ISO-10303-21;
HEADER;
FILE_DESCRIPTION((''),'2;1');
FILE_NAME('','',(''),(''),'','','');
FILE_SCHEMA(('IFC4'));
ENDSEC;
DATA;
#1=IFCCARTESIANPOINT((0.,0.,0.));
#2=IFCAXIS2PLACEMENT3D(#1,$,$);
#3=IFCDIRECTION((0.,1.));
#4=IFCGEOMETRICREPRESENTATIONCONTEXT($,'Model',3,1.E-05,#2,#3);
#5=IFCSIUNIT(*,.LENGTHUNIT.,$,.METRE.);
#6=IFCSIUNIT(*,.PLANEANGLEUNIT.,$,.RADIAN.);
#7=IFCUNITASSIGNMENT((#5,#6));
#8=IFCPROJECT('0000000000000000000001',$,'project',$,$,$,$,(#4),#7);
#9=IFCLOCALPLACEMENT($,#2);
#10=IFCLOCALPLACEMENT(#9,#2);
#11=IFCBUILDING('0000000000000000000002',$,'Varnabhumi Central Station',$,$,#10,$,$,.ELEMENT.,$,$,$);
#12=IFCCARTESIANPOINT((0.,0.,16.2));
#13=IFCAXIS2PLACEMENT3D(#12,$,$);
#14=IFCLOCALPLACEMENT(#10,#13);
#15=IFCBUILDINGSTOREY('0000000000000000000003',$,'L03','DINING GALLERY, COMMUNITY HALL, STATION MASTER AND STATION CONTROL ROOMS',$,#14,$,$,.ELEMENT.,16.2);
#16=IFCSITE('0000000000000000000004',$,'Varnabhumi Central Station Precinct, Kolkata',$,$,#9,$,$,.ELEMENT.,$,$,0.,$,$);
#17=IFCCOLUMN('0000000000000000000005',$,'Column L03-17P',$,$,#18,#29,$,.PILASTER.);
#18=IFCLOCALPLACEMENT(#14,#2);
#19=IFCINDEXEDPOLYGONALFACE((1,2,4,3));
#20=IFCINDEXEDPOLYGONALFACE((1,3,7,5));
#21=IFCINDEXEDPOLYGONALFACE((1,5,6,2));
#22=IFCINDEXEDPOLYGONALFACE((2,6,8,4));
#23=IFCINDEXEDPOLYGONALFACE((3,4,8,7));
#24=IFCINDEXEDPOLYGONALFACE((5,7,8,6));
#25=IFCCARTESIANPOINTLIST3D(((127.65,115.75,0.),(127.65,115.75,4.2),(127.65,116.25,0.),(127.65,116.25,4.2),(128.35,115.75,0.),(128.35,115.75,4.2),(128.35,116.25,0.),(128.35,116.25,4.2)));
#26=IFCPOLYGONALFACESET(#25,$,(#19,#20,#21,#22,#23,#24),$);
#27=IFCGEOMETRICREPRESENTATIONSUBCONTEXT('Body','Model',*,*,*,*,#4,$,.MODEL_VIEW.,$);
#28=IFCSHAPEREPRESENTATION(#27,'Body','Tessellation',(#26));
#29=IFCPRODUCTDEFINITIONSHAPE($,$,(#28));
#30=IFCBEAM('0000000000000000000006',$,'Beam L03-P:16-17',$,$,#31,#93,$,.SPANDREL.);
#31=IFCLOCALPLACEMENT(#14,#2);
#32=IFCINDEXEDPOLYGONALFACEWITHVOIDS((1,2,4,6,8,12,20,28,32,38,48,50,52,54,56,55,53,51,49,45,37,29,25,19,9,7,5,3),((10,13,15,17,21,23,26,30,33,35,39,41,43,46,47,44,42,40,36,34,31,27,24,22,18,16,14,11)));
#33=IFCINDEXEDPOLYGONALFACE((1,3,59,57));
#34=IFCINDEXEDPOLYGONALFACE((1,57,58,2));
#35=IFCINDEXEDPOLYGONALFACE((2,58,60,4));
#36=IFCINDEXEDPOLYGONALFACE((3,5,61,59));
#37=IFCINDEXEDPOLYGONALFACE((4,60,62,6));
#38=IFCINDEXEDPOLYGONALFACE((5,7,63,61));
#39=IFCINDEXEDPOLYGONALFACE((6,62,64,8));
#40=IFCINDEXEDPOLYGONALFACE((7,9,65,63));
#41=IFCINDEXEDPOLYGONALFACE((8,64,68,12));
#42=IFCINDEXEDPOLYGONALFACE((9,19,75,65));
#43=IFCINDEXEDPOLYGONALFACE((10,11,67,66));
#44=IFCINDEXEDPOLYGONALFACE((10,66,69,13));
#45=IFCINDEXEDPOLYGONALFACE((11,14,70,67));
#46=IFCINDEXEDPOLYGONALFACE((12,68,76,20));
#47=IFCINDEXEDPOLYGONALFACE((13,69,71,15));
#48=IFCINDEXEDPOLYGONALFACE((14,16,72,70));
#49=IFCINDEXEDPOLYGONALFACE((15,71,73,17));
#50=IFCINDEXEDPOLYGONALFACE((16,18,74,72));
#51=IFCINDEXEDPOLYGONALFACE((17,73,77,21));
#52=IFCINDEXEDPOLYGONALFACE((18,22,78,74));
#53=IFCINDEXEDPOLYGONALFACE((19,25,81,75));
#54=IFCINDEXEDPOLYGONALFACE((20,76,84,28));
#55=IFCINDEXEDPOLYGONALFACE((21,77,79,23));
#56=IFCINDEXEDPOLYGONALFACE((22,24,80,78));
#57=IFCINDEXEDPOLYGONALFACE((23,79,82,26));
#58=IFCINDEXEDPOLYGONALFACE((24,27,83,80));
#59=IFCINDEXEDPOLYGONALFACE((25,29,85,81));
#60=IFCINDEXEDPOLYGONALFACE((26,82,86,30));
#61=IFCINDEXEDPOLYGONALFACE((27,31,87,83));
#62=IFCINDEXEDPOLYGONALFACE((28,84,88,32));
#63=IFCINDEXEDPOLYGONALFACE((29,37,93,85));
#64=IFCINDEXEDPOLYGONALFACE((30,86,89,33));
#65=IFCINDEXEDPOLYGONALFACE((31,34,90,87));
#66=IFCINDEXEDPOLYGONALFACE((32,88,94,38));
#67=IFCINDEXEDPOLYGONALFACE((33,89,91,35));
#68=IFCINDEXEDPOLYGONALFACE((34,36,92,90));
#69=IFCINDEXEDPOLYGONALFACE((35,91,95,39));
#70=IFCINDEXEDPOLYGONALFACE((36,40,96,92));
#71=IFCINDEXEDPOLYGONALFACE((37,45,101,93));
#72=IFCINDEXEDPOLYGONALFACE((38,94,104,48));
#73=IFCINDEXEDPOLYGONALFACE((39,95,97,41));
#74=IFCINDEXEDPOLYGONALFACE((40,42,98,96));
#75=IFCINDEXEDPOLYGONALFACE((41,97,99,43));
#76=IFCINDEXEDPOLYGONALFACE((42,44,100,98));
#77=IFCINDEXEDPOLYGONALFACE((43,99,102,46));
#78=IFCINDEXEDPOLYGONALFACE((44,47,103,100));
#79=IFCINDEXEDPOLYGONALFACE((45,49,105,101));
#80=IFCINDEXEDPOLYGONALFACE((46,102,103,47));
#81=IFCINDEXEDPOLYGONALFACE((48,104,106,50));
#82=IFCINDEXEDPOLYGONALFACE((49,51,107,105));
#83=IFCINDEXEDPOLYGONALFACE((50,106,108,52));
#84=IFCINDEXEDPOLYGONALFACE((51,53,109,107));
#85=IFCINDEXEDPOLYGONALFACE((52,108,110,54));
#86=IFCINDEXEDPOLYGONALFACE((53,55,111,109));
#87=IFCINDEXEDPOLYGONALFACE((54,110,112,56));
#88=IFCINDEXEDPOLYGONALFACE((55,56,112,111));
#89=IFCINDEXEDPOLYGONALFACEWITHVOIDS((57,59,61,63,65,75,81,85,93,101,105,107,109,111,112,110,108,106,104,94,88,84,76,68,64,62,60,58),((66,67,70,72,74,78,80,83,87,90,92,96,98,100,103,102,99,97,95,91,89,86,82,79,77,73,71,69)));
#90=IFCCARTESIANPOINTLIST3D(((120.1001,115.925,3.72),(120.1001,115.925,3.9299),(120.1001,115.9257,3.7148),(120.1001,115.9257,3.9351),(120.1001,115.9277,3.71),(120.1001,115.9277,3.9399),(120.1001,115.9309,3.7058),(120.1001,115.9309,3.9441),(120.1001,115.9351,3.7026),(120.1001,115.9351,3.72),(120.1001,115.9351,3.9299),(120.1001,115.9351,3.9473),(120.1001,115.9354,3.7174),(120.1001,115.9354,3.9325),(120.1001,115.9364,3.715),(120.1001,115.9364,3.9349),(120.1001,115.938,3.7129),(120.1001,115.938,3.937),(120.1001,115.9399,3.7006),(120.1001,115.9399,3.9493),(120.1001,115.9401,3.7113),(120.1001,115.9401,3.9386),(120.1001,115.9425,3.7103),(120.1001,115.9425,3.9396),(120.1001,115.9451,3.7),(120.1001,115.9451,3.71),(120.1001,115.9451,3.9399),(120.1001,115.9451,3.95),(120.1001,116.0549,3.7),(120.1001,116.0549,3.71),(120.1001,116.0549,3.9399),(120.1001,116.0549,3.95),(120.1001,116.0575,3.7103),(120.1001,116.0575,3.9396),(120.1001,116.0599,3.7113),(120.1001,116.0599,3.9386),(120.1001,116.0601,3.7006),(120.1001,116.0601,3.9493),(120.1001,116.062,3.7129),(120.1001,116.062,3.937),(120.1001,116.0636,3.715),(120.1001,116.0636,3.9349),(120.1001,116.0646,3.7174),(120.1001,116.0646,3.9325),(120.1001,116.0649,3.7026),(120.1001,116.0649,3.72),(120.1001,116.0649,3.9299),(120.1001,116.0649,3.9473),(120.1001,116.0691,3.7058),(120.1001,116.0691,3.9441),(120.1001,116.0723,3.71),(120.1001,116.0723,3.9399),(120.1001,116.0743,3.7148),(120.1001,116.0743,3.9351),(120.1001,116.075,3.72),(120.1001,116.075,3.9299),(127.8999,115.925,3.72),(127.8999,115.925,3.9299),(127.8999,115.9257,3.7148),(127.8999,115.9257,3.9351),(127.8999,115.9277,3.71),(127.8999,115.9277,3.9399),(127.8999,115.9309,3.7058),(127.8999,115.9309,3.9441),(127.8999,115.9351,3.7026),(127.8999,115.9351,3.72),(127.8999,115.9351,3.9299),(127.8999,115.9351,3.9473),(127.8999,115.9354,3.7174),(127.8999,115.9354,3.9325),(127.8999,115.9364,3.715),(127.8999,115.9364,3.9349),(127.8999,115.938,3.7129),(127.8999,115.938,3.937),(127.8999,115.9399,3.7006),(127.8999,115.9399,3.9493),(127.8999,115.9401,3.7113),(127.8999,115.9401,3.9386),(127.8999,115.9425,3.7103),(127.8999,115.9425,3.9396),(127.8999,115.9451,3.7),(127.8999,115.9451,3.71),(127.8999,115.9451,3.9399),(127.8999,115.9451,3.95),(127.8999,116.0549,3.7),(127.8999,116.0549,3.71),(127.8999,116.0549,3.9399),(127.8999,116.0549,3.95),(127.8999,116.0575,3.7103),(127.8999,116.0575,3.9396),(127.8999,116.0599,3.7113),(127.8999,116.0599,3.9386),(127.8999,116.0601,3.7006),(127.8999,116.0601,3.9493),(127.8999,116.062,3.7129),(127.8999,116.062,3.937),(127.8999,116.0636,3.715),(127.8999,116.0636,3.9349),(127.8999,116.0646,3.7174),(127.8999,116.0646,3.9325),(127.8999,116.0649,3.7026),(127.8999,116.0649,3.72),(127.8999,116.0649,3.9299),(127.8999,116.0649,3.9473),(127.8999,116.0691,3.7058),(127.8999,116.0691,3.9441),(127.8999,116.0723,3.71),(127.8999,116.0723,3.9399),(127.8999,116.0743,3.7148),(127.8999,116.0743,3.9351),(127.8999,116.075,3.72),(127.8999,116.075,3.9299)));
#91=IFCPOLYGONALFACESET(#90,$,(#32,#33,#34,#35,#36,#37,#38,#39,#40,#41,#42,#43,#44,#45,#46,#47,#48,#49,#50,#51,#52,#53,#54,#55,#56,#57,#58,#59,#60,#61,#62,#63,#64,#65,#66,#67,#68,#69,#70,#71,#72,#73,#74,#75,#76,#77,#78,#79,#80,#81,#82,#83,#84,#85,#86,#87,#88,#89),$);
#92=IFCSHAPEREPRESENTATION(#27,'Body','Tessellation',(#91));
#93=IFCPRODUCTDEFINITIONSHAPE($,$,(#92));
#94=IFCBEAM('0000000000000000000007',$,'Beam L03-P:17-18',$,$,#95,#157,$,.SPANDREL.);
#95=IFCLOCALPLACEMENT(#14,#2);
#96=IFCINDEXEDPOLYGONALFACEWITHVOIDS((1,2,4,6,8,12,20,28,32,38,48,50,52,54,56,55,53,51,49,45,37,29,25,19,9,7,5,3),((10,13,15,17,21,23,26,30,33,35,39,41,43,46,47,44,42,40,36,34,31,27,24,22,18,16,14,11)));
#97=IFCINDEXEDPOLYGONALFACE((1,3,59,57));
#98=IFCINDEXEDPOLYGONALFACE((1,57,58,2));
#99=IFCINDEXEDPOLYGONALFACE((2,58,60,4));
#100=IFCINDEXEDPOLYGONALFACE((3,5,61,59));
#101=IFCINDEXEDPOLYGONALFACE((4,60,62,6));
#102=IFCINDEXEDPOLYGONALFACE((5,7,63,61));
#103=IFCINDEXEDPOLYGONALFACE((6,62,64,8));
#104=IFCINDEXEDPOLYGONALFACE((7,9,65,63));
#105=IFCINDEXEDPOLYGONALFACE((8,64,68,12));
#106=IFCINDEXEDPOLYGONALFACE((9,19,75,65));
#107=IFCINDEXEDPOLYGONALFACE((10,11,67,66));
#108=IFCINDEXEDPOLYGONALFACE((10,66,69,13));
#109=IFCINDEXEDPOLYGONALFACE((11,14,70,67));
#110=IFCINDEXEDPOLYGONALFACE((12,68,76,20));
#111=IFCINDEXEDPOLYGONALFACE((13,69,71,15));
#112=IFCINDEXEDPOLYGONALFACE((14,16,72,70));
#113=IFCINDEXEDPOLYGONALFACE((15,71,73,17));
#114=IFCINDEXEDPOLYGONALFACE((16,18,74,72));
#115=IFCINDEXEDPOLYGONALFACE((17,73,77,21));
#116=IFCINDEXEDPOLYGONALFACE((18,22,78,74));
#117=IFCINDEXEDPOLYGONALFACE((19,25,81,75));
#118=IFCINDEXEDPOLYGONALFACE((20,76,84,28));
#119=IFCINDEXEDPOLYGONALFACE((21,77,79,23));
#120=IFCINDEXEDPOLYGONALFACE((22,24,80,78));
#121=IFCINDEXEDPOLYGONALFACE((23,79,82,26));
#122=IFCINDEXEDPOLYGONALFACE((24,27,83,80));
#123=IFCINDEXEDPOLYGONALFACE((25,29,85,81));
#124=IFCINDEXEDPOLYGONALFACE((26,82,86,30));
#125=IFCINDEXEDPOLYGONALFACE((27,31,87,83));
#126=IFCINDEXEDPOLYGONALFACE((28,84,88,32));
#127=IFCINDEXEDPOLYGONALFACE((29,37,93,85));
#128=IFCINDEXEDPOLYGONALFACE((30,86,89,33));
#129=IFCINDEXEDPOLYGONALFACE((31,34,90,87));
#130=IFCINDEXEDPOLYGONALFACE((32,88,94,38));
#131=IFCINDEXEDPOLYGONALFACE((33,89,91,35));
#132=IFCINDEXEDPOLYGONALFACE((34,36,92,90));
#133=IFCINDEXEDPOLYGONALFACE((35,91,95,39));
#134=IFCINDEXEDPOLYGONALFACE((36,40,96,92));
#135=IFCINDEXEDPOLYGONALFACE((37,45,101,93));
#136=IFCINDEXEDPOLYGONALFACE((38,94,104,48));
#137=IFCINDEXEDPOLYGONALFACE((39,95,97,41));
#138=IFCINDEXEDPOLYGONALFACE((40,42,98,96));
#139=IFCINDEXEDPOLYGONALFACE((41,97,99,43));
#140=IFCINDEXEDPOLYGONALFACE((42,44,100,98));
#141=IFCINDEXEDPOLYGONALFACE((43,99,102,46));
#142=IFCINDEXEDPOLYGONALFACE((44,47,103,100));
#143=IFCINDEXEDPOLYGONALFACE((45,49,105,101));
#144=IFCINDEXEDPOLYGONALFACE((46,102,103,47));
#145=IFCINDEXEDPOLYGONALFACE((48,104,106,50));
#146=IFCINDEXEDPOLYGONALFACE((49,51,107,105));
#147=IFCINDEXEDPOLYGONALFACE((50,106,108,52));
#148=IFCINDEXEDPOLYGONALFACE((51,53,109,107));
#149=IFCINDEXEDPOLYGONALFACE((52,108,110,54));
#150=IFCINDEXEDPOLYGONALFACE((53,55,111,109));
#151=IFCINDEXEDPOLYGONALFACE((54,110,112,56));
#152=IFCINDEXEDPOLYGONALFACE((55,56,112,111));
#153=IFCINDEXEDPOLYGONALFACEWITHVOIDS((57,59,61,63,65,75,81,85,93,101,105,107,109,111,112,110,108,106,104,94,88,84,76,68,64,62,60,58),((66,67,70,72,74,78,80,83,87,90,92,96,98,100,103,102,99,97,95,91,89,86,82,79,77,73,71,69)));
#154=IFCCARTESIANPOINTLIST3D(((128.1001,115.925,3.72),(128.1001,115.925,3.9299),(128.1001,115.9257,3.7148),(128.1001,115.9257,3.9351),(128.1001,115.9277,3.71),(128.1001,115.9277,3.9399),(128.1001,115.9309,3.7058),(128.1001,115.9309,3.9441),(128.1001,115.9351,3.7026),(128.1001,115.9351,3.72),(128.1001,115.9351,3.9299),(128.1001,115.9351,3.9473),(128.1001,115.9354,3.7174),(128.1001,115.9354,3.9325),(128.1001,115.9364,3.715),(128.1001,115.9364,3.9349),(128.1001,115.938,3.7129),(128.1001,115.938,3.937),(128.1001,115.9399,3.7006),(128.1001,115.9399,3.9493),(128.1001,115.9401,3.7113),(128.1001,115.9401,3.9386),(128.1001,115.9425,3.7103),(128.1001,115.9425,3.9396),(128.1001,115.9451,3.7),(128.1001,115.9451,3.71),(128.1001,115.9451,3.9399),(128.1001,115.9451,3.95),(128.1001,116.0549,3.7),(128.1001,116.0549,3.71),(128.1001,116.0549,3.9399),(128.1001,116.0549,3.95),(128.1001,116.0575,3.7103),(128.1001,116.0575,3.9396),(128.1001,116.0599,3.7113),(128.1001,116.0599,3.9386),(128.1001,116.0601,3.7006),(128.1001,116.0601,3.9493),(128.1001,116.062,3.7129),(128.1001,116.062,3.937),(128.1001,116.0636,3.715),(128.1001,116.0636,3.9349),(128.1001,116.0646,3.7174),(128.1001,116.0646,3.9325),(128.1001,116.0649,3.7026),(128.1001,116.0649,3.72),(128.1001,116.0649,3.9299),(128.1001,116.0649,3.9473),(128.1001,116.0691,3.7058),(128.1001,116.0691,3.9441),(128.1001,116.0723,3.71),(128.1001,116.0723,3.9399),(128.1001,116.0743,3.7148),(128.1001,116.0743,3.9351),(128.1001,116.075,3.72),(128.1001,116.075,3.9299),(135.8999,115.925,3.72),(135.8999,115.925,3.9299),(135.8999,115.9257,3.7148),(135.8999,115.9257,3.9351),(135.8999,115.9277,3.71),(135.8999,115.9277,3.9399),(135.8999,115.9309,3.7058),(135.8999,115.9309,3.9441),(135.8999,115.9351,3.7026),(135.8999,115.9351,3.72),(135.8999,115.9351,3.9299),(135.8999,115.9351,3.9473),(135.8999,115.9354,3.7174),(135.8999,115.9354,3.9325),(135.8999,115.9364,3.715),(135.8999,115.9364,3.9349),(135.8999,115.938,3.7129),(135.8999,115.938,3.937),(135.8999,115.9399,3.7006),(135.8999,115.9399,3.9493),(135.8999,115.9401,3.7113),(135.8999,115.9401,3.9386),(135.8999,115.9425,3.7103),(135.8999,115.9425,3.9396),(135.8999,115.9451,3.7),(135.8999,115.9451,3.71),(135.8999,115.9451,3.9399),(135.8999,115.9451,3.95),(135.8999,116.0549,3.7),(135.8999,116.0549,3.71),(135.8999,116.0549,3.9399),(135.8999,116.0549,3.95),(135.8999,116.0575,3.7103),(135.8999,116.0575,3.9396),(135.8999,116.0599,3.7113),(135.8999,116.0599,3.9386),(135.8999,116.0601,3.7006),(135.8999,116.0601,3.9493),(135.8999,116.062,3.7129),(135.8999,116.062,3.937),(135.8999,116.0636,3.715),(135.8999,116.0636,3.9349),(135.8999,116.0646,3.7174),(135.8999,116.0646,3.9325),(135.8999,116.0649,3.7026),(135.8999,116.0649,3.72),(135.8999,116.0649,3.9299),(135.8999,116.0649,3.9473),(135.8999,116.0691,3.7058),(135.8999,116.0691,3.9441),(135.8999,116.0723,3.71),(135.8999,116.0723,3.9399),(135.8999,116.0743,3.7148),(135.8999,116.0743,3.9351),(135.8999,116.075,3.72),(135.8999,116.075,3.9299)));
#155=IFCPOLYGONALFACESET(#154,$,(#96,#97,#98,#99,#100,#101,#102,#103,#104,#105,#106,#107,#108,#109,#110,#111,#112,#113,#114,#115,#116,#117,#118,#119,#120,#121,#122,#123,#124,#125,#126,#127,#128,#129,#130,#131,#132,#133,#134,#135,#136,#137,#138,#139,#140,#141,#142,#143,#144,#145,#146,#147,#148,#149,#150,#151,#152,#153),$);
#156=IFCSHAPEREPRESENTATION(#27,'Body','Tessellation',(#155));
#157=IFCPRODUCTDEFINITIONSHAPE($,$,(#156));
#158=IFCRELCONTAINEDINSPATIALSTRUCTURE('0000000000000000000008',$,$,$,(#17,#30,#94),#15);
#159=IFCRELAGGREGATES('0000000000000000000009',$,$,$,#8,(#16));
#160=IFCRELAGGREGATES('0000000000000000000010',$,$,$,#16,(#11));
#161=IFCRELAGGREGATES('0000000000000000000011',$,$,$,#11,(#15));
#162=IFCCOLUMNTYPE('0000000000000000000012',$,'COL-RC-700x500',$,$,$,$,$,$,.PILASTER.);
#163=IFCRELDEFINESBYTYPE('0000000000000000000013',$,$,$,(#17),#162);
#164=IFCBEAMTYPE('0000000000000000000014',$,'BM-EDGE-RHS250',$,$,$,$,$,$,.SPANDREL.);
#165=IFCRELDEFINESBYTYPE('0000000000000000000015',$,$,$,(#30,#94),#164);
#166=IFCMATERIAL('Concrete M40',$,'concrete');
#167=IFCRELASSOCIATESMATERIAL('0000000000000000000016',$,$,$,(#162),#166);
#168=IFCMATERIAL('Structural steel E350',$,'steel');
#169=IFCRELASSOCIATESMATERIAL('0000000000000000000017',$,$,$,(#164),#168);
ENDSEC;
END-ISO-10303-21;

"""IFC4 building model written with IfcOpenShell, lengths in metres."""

from ifc_helpers import new_model, si_unit, direction, frame, origin, origin_2d, place, context, subcontext, project, spatial, rectangle, hollow_rectangle, extrude, material, material_profile, profile_set, type_object, element, save


model = new_model("IFC4")

# Units and contexts
model_context = context("Model", 3, precision=1e-05, world=origin(), true_north=direction((0.0, 1.0)))
body_context = subcontext(model_context, "Body", "Model", "MODEL_VIEW")
ifc_project = project(units=[si_unit("LENGTHUNIT", "METRE"), si_unit("PLANEANGLEUNIT", "RADIAN")], contexts=[model_context])

# Site, building, storey
site_placement = place(None, origin())
site = spatial("IfcSite", under=ifc_project, at=site_placement, Name="Varnabhumi Central Station Precinct, Kolkata", CompositionType="ELEMENT", RefElevation=0.0)
building_placement = place(site_placement, origin())
building = spatial("IfcBuilding", under=site, at=building_placement, Name="Varnabhumi Central Station", CompositionType="ELEMENT")
storey_placement = place(building_placement, frame((0.0, 0.0, 16.2)))
storey = spatial("IfcBuildingStorey", under=building, at=storey_placement, Name="L03", Description="DINING GALLERY, COMMUNITY HALL, STATION MASTER AND STATION CONTROL ROOMS", CompositionType="ELEMENT", Elevation=16.2)

# Column
ifc_material_1 = material(Name="Concrete M40", Category="concrete")
ifc_material_profile_1 = material_profile(ifc_material_1, rectangle(XDim=0.7, YDim=0.5, at=origin_2d()), Name="Concrete M40", Category="concrete")
ifc_profile_set_1 = profile_set([ifc_material_profile_1], Name="Concrete M40")
column_type = type_object("IfcColumnType", Name="COL-RC-700x500", PredefinedType="PILASTER", material=ifc_profile_set_1)
column_placement = place(storey_placement, frame((128.0, 116.0, 0.0), z_axis=(0.0, 0.0, 1.0), x_axis=(1.0, 0.0, 0.0)))
element("IfcColumn", 1, at=column_placement, inside=storey, type_object=column_type, Name="Column L03-17P", PredefinedType="PILASTER", context=body_context, shape_type="SweptSolid", body=[
    extrude(rectangle(XDim=0.7, YDim=0.5, at=origin_2d()), origin(), (0.0, 0.0, 1.0), 4.2),
])

# Beams
ifc_material_2 = material(Name="Structural steel E350", Category="steel")
ifc_material_profile_2 = material_profile(ifc_material_2, hollow_rectangle(XDim=0.1499, YDim=0.25, WallThickness=0.01, InnerFilletRadius=0.01, OuterFilletRadius=0.02, at=origin_2d()), Name="Structural steel E350", Category="steel")
ifc_profile_set_2 = profile_set([ifc_material_profile_2], Name="Structural steel E350")
beam_type = type_object("IfcBeamType", Name="BM-EDGE-RHS250", PredefinedType="SPANDREL", material=ifc_profile_set_2)
for number, where, z_axis, x_axis, name in (
    (2, (120.1001, 116.0, 3.825), (1.0, 0.0, 0.0), (0.0, 1.0, 0.0), "Beam L03-P:16-17"),
    (3, (128.1001, 116.0, 3.825), (1.0, 0.0, 0.0), (0.0, 1.0, 0.0), "Beam L03-P:17-18"),
):
    element("IfcBeam", number, at=place(storey_placement, frame(where, z_axis=z_axis, x_axis=x_axis)), inside=storey, type_object=beam_type, Name=name, PredefinedType="SPANDREL", context=body_context, shape_type="SweptSolid", body=[
        extrude(hollow_rectangle(XDim=0.1499, YDim=0.25, WallThickness=0.01, InnerFilletRadius=0.01, OuterFilletRadius=0.02, at=origin_2d()), origin(), (0.0, 0.0, 1.0), 7.7998),
    ])

save(model, "model.ifc")
